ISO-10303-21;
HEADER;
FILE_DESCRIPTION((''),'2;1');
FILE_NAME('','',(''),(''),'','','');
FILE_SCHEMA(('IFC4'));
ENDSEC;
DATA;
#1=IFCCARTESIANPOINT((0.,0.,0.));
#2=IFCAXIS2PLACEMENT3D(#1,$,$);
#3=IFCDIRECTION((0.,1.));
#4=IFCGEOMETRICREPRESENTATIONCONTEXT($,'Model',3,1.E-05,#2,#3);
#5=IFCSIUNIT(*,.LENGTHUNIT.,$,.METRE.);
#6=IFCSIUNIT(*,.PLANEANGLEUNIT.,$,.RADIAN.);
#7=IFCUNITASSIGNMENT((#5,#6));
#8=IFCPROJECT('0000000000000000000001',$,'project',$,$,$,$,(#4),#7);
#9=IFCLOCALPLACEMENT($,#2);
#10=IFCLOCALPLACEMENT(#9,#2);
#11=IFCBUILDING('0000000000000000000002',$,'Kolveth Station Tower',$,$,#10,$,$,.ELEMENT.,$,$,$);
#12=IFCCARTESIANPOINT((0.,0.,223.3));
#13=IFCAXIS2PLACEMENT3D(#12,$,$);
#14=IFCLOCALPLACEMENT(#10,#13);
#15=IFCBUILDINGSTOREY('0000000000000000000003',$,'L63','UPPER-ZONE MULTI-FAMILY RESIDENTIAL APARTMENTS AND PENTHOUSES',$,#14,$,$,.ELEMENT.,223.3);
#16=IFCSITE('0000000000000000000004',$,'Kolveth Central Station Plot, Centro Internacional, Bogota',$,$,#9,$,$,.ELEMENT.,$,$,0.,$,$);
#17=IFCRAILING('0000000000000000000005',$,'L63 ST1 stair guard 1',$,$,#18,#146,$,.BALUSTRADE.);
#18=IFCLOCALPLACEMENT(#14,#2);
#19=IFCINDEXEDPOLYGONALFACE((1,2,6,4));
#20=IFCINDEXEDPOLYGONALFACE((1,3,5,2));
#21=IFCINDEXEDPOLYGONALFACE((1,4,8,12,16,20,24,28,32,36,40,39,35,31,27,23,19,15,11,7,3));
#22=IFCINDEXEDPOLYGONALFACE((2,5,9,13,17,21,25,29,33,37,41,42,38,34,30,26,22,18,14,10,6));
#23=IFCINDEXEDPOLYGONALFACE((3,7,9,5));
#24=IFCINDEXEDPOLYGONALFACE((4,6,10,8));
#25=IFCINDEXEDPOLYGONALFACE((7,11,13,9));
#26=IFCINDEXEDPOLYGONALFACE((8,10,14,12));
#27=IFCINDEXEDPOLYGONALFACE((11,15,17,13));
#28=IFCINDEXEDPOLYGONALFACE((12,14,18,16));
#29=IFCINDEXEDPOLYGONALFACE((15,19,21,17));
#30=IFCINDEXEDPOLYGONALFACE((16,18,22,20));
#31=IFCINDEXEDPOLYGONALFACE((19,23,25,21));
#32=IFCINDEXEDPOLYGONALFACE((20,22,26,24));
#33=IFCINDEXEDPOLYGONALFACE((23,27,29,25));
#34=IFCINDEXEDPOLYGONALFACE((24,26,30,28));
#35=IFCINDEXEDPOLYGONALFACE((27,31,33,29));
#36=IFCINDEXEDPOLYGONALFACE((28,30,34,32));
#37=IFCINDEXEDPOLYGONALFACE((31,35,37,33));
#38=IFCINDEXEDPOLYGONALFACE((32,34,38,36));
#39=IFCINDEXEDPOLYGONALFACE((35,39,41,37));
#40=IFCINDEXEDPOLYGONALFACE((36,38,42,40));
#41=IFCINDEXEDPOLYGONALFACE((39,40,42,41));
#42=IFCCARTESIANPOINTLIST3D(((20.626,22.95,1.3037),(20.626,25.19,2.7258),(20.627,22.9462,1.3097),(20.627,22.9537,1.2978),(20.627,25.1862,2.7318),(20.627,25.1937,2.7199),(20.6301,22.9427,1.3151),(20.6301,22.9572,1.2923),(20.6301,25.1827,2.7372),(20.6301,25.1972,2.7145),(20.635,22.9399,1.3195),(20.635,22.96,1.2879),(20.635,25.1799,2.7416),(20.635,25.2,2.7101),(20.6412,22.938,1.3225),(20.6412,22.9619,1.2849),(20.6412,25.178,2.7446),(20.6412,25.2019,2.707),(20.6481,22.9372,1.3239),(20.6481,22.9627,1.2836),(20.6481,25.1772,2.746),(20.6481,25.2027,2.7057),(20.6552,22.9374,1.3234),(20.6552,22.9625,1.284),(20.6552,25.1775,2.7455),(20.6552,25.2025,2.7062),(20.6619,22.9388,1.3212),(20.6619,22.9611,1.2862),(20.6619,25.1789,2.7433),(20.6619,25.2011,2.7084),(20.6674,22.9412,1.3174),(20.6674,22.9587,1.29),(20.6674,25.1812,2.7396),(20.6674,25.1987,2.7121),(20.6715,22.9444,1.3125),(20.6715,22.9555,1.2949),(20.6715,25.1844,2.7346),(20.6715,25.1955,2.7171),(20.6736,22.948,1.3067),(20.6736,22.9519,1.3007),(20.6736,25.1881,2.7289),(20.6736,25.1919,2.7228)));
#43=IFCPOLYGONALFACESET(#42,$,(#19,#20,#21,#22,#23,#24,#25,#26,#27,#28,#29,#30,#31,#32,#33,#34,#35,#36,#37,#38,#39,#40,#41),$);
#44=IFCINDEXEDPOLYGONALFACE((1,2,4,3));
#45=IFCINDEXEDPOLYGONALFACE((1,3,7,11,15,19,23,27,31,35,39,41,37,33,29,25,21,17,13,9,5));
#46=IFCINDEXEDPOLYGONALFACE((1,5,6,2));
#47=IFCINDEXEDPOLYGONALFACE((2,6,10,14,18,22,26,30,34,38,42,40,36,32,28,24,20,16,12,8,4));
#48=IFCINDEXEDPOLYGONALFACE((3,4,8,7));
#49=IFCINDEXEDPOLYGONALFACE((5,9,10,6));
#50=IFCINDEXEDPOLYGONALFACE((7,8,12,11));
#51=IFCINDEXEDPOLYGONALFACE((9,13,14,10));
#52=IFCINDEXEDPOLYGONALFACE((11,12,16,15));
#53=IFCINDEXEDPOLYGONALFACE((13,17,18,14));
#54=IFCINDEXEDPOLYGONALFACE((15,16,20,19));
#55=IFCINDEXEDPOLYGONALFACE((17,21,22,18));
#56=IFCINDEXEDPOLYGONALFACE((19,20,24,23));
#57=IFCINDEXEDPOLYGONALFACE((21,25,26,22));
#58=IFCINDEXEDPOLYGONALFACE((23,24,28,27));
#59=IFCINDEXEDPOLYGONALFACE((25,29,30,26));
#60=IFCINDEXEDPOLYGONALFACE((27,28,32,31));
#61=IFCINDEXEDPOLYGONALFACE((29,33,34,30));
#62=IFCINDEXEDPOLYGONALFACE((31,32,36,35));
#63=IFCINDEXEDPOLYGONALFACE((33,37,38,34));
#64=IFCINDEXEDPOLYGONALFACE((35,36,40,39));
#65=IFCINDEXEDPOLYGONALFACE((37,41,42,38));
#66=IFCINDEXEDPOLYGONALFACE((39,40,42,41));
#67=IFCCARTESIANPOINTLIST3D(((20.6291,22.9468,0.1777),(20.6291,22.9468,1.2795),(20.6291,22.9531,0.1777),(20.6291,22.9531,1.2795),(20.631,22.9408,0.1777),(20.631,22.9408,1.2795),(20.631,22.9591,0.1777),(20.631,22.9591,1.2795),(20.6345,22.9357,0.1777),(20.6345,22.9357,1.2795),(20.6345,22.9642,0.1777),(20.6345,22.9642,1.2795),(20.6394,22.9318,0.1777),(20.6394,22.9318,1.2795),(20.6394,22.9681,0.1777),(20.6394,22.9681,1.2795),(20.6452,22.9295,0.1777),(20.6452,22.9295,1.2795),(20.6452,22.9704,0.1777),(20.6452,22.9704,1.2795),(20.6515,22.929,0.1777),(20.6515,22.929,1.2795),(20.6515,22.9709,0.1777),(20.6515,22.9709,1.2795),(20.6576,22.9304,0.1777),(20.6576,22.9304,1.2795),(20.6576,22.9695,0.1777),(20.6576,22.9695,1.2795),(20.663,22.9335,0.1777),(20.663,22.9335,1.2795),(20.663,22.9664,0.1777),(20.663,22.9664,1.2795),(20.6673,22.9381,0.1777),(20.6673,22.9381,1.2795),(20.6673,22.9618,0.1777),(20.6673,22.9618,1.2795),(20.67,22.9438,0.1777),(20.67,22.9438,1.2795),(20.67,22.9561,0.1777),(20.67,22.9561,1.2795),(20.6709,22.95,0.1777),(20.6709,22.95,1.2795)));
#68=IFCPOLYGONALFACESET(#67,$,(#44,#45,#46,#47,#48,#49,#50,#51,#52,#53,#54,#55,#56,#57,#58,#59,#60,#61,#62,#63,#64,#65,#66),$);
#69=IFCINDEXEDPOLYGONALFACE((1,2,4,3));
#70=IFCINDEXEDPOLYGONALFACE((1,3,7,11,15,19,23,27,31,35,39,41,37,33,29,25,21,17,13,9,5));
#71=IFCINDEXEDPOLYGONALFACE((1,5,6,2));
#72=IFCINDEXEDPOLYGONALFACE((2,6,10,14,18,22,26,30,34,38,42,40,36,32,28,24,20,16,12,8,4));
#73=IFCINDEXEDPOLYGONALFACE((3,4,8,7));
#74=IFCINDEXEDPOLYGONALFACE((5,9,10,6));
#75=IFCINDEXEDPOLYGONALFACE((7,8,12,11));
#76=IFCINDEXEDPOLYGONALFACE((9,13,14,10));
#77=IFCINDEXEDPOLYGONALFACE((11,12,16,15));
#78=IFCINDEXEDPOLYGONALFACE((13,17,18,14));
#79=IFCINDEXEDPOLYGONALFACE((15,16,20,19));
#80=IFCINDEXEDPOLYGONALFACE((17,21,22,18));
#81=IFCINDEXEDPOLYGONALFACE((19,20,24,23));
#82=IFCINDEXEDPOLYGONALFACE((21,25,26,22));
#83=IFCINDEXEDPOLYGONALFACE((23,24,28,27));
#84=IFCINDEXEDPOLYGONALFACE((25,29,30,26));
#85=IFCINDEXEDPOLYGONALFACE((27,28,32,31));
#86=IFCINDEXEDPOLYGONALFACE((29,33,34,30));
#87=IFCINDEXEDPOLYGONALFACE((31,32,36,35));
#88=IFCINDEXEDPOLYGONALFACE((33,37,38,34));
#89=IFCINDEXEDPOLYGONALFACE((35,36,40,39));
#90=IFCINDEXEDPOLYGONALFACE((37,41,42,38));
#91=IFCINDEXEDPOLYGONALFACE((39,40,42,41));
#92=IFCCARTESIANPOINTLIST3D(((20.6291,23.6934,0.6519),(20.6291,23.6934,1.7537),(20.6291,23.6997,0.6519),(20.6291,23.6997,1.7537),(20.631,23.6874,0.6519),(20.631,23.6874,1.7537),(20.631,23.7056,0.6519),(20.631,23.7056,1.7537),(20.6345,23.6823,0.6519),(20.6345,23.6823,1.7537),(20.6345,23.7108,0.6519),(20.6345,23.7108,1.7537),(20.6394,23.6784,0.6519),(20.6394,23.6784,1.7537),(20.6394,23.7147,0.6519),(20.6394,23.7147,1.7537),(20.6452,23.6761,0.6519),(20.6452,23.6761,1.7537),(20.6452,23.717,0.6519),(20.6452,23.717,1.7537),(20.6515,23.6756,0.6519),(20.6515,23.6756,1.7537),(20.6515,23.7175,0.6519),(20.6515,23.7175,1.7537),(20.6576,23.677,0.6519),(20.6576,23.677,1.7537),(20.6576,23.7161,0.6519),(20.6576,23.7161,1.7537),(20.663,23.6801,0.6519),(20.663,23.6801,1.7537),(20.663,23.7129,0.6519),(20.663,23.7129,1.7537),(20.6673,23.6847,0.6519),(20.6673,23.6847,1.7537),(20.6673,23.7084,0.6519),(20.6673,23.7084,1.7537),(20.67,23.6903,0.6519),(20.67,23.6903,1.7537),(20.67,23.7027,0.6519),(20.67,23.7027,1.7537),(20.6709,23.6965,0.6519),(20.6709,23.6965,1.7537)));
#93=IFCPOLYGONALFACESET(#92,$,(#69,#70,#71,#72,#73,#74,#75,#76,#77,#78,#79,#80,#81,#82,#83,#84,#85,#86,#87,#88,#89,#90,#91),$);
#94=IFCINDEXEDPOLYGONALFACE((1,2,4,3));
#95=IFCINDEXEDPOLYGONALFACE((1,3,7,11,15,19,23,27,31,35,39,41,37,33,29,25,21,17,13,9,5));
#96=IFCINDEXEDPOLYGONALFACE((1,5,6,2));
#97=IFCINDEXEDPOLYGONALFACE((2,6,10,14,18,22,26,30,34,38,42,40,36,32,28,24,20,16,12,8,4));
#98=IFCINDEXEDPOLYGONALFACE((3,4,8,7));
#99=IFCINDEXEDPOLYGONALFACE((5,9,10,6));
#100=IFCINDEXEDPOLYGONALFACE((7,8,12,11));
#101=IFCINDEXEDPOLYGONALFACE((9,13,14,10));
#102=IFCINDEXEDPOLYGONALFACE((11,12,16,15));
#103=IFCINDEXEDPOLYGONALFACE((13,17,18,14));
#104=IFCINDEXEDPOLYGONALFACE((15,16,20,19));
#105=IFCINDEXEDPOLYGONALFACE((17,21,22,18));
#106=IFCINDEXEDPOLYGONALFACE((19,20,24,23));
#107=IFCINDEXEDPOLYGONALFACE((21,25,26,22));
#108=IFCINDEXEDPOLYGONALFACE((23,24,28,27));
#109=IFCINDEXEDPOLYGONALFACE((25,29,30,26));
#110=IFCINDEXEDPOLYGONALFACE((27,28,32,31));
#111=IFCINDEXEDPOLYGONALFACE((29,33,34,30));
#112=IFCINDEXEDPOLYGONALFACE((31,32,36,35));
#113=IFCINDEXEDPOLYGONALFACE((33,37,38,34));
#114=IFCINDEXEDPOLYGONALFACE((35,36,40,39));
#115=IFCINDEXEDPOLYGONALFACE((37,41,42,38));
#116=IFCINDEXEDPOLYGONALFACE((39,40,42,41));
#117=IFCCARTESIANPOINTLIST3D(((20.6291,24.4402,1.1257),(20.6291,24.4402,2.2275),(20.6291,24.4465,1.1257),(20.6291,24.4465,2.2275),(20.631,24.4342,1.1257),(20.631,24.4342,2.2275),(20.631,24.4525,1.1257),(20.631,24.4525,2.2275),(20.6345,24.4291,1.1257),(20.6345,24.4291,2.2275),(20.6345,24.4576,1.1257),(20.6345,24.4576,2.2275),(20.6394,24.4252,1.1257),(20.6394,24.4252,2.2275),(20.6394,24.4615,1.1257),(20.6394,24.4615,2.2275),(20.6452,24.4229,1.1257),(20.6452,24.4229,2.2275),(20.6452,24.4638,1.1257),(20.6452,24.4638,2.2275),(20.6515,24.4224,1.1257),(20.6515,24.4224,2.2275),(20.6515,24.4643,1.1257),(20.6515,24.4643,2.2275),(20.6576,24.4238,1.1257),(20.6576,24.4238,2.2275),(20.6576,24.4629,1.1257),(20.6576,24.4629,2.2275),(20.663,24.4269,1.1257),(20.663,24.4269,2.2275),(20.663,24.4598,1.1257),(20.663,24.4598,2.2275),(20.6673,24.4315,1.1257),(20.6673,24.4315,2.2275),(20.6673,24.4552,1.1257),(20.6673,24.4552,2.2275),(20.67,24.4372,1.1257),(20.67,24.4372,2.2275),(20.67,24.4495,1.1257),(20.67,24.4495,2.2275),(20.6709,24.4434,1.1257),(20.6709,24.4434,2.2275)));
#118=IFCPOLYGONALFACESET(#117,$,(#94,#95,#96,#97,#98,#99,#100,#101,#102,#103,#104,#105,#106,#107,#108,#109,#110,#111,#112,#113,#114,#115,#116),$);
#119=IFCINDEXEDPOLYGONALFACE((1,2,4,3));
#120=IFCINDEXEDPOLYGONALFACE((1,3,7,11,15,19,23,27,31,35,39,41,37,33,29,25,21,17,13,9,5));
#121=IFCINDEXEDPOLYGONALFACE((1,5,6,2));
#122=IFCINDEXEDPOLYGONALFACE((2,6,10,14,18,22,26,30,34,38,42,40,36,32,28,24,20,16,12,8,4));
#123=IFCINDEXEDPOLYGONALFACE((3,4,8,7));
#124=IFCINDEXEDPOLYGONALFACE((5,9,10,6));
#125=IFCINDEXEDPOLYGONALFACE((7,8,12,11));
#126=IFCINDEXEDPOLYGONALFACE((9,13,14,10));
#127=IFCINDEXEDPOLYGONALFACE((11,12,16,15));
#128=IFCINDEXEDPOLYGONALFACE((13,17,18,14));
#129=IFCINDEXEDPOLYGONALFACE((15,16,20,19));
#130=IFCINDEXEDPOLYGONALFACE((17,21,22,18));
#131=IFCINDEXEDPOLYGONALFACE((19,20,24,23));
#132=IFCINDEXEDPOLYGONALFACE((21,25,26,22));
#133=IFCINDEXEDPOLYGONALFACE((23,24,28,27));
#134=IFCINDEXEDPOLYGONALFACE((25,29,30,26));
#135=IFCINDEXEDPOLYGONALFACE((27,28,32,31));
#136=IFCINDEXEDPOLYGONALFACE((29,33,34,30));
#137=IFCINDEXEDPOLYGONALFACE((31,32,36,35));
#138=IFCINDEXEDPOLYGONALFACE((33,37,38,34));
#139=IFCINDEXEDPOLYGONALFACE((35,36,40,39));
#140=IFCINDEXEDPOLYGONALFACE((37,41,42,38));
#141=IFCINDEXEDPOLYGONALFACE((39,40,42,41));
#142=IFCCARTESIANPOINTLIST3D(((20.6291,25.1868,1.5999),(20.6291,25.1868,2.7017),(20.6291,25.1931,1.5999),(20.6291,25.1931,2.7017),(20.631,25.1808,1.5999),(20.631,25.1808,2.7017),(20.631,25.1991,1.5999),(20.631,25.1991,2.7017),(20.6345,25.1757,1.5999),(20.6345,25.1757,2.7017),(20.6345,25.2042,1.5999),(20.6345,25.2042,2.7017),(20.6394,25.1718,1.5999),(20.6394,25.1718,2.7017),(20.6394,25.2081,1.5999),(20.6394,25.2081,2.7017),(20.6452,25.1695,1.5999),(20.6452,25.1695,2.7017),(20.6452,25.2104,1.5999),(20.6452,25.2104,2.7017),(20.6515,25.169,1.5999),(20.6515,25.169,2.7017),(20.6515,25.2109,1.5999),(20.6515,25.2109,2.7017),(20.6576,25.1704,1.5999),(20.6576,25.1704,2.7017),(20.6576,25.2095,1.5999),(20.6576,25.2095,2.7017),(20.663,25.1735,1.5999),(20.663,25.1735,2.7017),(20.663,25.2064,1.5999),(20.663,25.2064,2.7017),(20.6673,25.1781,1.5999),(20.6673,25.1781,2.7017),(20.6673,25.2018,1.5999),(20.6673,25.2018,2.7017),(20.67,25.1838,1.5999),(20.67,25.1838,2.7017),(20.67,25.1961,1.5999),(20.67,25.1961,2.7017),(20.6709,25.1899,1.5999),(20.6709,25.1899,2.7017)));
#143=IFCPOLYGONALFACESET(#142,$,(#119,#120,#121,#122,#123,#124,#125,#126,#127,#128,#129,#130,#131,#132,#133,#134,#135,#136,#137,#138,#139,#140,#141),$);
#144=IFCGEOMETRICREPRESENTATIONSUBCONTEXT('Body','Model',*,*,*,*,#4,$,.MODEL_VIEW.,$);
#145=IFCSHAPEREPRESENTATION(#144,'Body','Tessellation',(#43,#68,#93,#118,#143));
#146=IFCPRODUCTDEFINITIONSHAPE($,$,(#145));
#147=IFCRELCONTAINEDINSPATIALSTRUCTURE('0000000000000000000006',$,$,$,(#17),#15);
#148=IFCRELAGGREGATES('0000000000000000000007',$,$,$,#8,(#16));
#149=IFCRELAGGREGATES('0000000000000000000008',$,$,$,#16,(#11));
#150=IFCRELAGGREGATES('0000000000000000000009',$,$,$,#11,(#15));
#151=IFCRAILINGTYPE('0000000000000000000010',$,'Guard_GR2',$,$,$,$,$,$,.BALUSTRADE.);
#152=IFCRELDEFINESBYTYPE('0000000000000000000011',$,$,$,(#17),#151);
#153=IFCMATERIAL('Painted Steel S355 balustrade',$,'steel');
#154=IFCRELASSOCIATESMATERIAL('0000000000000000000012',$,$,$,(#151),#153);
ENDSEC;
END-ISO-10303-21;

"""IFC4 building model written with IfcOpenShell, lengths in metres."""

from ifc_helpers import new_model, si_unit, direction, frame, origin, origin_2d, place, context, subcontext, project, spatial, circle, extrude, material, type_object, element, save


model = new_model("IFC4")

# Units and contexts
model_context = context("Model", 3, precision=1e-05, world=origin(), true_north=direction((0.0, 1.0)))
body_context = subcontext(model_context, "Body", "Model", "MODEL_VIEW")
ifc_project = project(units=[si_unit("LENGTHUNIT", "METRE"), si_unit("PLANEANGLEUNIT", "RADIAN")], contexts=[model_context])

# Site, building, storey
site_placement = place(None, origin())
site = spatial("IfcSite", under=ifc_project, at=site_placement, Name="Kolveth Central Station Plot, Centro Internacional, Bogota", CompositionType="ELEMENT", RefElevation=0.0)
building_placement = place(site_placement, origin())
building = spatial("IfcBuilding", under=site, at=building_placement, Name="Kolveth Station Tower", CompositionType="ELEMENT")
storey_placement = place(building_placement, frame((0.0, 0.0, 223.3)))
storey = spatial("IfcBuildingStorey", under=building, at=storey_placement, Name="L63", Description="UPPER-ZONE MULTI-FAMILY RESIDENTIAL APARTMENTS AND PENTHOUSES", CompositionType="ELEMENT", Elevation=223.3)

# Railing
ifc_material_1 = material(Name="Painted Steel S355 balustrade", Category="steel")
railing_type_1 = type_object("IfcRailingType", Name="Guard_GR2", PredefinedType="BALUSTRADE", material=ifc_material_1)
railing_1_placement = place(storey_placement, frame((20.6499, 22.95, 0.1777)))
element("IfcRailing", 1, at=railing_1_placement, inside=storey, type_object=railing_type_1, Name="L63 ST1 stair guard 1", PredefinedType="BALUSTRADE", context=body_context, shape_type="SweptSolid", body=[
    extrude(circle(Radius=0.0239, at=origin_2d()), frame((0.0, 0.0, 1.126), z_axis=(0.0, 0.844229, 0.535982), x_axis=(-1.0, 0.0, 0.0)), (0.0, 0.0, 1.0), 2.6533),
    extrude(circle(Radius=0.021, at=origin_2d()), origin(), (0.0, 0.0, 1.0), 1.1018),
    extrude(circle(Radius=0.021, at=origin_2d()), frame((0.0, 0.7466, 0.4741)), (0.0, 0.0, 1.0), 1.1018),
    extrude(circle(Radius=0.021, at=origin_2d()), frame((0.0, 1.4934, 0.948)), (0.0, 0.0, 1.0), 1.1018),
    extrude(circle(Radius=0.021, at=origin_2d()), frame((0.0, 2.24, 1.4221)), (0.0, 0.0, 1.0), 1.1018),
])

save(model, "model.ifc")
